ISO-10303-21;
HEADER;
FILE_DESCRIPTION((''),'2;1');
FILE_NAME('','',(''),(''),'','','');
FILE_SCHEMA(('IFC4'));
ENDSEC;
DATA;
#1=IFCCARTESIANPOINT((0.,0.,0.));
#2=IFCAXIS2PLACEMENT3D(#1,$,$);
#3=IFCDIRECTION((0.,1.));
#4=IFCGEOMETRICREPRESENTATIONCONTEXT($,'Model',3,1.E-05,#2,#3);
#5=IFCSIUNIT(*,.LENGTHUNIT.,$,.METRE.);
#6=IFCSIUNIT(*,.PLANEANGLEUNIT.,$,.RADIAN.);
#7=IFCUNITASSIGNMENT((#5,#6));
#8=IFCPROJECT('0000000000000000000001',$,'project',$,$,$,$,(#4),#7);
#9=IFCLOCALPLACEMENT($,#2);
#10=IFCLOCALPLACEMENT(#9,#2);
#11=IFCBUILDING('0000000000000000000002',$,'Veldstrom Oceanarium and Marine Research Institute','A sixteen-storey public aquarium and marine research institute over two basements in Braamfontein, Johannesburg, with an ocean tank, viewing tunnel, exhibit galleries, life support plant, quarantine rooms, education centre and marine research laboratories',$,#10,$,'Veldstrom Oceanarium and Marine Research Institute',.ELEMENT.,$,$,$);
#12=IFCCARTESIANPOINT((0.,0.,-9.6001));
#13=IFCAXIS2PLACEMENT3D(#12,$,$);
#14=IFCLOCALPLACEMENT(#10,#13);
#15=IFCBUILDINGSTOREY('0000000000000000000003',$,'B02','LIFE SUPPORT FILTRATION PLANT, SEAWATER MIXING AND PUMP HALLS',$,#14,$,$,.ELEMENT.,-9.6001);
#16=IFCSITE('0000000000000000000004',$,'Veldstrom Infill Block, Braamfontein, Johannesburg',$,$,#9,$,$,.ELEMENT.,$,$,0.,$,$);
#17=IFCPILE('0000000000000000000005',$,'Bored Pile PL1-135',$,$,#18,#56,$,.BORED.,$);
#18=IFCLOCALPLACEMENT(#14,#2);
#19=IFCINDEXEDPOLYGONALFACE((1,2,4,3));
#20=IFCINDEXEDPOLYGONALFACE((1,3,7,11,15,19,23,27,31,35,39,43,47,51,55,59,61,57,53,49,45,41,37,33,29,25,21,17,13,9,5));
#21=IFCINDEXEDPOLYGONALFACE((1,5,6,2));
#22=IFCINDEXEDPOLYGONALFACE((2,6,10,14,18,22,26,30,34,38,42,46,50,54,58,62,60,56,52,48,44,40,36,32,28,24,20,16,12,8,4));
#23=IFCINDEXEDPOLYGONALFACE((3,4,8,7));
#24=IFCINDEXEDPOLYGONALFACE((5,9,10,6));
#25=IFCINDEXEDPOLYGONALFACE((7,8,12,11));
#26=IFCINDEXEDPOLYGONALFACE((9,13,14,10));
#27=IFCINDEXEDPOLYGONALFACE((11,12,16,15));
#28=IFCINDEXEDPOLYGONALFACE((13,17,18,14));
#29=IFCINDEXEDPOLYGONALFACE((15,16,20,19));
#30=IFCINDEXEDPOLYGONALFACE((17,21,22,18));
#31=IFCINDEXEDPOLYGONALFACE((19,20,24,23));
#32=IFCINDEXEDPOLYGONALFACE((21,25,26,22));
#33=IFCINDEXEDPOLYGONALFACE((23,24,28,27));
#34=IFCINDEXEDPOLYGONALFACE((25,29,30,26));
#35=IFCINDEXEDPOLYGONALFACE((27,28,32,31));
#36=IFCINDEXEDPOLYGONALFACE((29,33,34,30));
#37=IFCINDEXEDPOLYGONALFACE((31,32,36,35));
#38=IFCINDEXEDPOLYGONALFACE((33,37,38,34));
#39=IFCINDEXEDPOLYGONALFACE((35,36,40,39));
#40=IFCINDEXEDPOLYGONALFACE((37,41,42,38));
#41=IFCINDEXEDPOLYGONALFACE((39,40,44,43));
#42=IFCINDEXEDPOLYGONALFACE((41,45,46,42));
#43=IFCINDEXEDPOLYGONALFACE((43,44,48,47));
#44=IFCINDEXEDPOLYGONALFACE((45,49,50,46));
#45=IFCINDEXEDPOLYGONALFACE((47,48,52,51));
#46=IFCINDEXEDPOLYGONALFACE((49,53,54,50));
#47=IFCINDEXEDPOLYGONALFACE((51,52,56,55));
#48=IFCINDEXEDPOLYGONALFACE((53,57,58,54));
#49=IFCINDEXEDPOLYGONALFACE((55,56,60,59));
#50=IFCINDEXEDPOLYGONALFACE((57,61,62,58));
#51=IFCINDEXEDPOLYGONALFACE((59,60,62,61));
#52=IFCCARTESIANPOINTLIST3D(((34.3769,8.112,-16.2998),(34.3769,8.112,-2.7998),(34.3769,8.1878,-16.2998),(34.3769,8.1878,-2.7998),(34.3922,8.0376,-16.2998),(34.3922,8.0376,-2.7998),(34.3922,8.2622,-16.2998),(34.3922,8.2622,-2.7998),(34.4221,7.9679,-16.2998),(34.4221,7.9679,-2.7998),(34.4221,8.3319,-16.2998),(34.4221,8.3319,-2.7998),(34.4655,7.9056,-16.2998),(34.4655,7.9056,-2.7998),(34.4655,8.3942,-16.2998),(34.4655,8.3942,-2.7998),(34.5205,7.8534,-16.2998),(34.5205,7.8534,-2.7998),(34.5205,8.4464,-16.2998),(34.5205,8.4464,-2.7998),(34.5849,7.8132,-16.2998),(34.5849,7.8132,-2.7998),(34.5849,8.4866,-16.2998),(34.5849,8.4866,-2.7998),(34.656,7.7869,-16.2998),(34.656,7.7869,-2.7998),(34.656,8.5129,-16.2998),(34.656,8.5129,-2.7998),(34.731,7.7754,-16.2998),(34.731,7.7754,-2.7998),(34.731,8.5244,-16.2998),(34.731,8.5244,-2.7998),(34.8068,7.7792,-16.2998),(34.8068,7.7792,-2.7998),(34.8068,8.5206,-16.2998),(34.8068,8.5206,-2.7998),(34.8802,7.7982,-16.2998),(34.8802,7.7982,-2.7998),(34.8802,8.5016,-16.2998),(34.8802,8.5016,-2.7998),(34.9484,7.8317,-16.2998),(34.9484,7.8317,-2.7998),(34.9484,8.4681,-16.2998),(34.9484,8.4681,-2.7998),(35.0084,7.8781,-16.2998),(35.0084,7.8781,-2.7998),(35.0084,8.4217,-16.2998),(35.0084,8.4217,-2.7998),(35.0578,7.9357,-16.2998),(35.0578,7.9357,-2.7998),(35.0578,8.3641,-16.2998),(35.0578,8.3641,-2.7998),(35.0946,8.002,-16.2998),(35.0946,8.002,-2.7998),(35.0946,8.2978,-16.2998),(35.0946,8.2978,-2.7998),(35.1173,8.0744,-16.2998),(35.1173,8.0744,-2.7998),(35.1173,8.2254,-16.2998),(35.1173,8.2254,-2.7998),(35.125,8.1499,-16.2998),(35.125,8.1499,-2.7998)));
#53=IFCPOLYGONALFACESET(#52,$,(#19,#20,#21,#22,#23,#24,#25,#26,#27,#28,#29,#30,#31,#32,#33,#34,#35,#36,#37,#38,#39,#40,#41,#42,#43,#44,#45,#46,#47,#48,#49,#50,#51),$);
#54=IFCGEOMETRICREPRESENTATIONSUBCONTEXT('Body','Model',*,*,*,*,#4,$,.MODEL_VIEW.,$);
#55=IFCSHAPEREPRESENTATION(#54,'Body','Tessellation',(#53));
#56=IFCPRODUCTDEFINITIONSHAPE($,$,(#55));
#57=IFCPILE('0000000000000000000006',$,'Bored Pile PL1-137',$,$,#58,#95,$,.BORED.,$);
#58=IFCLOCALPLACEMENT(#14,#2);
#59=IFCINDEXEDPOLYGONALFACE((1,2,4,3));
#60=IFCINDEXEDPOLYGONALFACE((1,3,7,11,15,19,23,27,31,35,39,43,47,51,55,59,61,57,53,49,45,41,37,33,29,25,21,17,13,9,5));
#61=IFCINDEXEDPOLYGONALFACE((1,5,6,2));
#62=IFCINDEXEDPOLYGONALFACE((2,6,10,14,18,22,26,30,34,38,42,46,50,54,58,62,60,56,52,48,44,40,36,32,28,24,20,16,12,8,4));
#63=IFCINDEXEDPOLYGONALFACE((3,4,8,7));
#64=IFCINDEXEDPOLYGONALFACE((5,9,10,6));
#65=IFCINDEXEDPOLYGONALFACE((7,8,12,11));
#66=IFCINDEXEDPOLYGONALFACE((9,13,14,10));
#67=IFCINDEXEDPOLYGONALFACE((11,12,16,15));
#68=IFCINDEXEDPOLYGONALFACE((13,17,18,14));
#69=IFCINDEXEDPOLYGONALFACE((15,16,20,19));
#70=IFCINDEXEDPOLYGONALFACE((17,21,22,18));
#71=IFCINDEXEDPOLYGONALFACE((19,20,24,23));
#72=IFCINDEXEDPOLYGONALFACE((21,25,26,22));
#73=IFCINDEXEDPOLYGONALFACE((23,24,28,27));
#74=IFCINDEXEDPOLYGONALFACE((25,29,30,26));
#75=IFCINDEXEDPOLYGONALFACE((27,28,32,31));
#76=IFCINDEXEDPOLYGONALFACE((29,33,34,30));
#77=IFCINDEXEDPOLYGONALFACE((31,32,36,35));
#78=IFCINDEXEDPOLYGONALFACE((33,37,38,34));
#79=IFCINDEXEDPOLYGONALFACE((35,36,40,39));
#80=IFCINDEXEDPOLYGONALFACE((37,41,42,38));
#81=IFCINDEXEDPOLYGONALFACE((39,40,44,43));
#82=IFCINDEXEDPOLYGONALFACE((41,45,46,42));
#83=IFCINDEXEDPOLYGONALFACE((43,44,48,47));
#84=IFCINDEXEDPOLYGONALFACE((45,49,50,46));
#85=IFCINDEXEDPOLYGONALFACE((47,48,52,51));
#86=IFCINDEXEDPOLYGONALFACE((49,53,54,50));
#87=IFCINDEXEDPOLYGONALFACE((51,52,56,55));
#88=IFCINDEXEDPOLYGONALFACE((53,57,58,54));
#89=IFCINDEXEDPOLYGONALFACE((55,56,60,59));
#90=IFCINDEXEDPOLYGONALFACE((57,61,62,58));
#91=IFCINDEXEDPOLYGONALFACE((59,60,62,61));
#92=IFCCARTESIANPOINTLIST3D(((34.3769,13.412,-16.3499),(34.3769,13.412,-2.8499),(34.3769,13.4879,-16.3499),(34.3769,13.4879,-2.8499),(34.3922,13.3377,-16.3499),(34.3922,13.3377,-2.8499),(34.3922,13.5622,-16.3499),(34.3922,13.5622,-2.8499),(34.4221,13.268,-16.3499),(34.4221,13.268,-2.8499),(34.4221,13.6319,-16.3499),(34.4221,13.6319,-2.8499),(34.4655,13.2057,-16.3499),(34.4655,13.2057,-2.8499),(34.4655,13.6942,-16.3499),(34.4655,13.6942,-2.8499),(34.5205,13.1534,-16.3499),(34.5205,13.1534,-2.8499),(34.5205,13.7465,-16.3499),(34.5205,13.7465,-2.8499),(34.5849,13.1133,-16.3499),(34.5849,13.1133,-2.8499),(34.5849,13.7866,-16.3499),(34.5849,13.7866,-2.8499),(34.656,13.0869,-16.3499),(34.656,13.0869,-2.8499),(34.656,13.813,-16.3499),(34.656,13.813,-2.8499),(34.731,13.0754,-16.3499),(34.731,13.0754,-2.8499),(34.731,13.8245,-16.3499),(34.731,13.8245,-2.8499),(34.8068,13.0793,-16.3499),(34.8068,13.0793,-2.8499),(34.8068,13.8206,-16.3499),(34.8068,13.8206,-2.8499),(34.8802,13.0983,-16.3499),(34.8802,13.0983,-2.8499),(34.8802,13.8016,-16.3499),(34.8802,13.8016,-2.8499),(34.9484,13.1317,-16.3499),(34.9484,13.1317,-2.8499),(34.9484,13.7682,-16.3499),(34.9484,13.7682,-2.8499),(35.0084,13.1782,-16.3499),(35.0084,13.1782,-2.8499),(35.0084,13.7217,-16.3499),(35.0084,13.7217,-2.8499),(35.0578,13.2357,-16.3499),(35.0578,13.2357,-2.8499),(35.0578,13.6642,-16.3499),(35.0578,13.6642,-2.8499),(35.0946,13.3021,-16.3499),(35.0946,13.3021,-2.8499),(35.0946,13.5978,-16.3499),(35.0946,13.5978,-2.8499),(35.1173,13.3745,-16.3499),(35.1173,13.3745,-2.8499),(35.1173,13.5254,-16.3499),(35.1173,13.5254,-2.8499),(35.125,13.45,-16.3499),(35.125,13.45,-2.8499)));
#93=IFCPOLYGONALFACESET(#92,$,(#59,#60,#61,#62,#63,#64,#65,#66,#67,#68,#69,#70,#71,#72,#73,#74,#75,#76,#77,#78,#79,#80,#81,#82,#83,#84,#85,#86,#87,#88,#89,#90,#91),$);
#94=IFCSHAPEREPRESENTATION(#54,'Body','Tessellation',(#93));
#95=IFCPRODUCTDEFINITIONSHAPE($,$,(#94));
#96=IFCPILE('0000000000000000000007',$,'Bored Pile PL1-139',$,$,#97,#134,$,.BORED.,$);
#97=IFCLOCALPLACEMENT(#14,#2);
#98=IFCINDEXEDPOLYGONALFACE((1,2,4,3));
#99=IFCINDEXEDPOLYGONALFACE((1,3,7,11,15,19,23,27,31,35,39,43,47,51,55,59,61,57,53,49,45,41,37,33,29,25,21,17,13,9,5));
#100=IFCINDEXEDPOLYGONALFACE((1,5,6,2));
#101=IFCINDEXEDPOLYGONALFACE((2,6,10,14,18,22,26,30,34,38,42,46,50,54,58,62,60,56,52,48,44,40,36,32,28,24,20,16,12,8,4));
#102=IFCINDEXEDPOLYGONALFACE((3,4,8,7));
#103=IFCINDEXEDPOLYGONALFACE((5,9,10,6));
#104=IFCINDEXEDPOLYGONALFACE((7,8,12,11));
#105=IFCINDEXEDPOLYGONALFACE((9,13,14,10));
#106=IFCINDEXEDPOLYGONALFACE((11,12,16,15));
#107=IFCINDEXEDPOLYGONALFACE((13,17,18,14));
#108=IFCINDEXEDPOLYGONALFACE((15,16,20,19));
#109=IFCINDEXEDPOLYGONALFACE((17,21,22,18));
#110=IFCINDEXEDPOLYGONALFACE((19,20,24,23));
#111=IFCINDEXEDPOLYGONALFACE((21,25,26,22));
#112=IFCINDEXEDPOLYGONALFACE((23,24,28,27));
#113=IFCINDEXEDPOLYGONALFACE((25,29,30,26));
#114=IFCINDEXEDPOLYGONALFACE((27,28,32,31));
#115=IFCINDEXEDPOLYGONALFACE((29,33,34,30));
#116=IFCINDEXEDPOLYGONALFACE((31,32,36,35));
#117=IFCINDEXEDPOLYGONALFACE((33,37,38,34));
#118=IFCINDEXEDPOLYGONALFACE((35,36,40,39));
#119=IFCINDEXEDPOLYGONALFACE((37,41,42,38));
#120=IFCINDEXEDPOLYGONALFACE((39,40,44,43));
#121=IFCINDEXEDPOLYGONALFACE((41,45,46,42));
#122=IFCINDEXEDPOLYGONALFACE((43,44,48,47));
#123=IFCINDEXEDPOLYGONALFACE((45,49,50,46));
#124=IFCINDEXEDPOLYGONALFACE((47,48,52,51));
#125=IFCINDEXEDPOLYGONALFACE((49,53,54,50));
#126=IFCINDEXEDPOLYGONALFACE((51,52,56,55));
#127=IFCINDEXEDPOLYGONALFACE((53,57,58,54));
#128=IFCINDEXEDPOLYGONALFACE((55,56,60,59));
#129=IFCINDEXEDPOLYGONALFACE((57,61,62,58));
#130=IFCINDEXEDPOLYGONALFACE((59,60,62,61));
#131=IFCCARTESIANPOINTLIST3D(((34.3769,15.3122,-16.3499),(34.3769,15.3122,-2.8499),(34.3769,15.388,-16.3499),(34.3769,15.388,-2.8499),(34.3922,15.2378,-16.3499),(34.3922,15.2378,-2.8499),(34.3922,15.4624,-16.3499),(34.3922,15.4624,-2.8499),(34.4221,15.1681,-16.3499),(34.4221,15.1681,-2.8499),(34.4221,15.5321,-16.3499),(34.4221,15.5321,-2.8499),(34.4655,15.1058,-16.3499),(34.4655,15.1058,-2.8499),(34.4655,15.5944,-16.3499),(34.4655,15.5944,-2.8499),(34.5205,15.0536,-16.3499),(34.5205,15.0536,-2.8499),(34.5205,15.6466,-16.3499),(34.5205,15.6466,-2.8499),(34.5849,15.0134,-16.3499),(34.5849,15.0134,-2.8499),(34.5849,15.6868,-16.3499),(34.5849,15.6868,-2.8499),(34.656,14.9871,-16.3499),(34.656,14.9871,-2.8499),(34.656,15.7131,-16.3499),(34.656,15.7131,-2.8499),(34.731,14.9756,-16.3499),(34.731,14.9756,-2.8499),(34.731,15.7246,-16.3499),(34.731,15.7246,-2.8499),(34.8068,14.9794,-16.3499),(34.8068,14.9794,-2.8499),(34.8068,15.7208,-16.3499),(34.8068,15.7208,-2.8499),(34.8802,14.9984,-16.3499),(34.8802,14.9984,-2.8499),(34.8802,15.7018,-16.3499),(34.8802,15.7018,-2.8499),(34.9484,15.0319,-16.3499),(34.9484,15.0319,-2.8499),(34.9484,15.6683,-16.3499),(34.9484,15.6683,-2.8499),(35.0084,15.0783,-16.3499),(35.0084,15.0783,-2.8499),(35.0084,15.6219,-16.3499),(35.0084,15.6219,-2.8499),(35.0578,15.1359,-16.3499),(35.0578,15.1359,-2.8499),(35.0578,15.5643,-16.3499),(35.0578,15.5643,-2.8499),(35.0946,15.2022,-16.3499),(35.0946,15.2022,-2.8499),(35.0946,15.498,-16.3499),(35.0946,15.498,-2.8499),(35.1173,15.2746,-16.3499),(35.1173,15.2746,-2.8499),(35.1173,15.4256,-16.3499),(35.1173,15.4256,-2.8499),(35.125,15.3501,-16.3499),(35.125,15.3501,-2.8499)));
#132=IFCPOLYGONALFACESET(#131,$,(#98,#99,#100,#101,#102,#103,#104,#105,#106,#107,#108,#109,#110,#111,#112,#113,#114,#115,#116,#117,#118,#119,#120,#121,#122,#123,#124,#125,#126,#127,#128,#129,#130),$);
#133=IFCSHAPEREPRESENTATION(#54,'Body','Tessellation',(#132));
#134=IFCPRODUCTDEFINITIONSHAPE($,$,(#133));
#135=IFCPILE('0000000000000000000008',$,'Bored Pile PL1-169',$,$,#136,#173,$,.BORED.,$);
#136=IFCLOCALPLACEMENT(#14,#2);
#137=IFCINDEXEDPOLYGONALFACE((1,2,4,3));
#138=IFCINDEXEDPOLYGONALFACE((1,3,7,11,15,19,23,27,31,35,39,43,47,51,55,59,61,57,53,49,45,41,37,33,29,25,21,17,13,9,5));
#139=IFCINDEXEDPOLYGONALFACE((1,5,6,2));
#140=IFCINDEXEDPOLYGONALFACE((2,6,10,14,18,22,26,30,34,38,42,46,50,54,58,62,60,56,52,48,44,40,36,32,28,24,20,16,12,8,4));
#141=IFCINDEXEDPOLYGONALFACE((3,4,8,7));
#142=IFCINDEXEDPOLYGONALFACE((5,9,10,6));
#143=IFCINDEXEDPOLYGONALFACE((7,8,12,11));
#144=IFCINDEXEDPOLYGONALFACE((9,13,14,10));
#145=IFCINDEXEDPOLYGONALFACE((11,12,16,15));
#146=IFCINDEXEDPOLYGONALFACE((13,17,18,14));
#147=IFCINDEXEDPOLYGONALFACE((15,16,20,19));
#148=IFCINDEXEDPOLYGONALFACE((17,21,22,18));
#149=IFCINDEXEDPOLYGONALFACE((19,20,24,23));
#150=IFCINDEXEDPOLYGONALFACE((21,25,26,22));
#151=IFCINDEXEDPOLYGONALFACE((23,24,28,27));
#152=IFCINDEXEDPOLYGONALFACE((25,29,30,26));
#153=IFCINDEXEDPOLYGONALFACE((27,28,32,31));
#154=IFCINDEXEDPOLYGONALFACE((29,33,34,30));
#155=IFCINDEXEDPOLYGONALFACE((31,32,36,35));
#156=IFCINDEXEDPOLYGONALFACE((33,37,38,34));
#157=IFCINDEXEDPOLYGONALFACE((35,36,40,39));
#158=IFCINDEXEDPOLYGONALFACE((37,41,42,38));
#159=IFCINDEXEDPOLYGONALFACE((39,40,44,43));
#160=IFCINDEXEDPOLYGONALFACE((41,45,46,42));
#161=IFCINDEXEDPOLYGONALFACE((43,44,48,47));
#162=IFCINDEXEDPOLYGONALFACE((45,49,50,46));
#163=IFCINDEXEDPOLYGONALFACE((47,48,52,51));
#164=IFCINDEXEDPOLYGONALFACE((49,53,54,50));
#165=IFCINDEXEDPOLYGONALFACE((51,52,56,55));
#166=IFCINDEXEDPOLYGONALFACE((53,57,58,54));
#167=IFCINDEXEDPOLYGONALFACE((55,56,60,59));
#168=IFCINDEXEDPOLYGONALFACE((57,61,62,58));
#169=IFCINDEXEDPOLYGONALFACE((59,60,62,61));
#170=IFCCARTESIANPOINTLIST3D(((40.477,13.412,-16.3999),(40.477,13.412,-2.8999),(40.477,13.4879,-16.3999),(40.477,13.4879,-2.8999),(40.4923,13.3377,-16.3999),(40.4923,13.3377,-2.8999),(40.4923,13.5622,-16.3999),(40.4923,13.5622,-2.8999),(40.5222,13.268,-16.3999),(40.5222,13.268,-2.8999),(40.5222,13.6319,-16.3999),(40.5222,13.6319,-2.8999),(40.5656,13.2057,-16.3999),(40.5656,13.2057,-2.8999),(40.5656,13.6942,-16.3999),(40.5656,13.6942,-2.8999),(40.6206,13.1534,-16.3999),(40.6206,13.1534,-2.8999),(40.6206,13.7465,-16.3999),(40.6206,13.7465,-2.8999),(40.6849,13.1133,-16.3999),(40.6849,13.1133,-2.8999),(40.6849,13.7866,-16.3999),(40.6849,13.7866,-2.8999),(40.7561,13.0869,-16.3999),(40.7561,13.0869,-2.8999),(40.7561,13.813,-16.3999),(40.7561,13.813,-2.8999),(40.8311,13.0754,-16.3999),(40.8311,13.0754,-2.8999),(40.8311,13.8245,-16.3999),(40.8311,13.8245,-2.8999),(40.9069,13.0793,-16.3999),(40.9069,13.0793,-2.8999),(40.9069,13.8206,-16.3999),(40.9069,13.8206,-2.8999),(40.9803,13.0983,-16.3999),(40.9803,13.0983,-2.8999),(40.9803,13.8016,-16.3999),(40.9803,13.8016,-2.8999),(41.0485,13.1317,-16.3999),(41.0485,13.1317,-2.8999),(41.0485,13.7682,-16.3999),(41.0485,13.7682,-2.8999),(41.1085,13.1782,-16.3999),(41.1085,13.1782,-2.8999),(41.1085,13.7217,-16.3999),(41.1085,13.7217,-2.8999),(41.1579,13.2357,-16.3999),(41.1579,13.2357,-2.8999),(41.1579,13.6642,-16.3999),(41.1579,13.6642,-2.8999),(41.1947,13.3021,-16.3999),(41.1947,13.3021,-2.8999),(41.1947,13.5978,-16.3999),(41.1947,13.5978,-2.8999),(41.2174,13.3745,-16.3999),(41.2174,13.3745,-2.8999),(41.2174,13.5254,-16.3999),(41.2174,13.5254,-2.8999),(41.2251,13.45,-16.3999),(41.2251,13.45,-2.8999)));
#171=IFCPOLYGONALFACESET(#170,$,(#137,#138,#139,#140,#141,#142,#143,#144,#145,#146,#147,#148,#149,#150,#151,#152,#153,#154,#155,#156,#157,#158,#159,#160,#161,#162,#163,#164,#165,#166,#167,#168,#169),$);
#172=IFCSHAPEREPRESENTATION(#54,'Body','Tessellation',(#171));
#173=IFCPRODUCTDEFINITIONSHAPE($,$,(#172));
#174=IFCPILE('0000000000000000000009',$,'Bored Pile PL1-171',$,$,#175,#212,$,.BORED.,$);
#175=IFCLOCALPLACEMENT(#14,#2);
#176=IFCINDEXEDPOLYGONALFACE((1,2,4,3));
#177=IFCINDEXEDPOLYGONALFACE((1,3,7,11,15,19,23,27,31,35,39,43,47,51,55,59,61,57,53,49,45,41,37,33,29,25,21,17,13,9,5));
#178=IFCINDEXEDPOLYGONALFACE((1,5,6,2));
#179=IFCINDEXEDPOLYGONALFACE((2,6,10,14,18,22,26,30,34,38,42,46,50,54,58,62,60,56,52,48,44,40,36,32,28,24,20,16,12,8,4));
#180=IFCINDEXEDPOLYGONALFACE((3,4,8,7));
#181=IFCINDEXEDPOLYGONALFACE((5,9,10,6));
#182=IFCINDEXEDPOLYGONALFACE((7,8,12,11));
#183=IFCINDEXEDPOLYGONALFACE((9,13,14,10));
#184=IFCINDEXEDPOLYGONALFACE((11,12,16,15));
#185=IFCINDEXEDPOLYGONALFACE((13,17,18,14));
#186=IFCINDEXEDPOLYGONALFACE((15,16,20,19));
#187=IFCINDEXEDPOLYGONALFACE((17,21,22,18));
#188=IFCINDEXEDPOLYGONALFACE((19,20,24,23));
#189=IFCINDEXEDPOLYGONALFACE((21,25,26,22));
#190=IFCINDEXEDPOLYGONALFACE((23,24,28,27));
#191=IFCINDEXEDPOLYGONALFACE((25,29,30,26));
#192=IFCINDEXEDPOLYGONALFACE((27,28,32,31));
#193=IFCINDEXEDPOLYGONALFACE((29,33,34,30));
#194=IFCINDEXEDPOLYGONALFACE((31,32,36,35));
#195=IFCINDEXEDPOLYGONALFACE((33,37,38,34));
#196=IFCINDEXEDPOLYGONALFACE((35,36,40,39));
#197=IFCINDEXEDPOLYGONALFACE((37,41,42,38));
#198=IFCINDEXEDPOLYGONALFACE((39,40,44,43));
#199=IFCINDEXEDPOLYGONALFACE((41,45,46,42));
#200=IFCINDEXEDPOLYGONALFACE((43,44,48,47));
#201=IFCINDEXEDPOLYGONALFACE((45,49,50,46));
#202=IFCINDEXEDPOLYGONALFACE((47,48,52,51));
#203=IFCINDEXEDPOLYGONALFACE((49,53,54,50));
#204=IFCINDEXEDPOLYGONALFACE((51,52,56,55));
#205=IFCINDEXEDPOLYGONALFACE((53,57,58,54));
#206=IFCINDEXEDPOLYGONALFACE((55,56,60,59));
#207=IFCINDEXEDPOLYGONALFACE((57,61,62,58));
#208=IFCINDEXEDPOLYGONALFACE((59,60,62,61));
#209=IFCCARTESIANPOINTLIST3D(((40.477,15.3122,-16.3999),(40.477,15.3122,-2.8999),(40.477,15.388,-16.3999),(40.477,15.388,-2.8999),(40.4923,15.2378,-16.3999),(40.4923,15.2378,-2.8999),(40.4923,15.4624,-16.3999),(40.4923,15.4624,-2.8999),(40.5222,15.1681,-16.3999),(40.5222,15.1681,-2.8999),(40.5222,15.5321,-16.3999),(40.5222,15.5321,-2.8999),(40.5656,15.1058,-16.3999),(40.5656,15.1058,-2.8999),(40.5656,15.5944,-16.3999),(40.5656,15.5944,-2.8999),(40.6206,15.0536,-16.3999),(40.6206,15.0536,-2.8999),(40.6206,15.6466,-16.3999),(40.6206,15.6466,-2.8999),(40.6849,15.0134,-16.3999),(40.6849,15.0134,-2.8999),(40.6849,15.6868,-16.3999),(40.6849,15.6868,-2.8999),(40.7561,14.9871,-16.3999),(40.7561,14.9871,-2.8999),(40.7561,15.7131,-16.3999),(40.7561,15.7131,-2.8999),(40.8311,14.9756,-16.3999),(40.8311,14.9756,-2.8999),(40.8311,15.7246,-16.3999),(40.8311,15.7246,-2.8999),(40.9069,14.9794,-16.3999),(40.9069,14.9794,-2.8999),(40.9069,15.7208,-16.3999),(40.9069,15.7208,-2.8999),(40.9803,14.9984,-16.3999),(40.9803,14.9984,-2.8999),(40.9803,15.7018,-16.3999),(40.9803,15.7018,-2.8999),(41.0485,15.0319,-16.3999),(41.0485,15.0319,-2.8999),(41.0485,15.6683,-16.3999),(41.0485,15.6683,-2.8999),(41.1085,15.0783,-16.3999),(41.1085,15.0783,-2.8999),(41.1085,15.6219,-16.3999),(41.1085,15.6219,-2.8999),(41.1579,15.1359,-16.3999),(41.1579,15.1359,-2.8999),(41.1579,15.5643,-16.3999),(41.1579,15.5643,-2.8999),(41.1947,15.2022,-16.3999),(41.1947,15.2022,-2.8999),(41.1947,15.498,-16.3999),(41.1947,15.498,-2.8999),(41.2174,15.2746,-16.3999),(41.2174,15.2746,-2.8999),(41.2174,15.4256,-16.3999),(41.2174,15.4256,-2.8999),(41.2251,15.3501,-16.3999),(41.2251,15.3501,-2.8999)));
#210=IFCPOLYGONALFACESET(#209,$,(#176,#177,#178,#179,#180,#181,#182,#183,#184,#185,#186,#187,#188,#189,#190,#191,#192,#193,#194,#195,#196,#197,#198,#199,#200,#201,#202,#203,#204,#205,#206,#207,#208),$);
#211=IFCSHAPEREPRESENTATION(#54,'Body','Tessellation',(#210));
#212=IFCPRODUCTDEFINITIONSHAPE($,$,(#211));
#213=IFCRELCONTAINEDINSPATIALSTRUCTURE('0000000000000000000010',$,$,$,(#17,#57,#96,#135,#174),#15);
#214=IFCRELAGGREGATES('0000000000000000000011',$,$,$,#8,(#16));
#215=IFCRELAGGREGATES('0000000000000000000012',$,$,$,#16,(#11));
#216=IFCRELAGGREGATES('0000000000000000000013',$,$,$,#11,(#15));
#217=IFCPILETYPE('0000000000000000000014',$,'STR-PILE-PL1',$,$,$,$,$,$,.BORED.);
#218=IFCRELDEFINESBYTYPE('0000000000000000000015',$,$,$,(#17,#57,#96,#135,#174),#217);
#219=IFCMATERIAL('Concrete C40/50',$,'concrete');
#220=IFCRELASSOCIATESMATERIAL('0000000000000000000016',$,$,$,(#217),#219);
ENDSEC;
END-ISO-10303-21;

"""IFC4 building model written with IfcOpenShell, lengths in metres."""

from ifc_helpers import new_model, si_unit, direction, frame, origin, origin_2d, place, context, subcontext, project, spatial, circle, extrude, material, material_profile, profile_set, type_object, element, save


model = new_model("IFC4")

# Units and contexts
model_context = context("Model", 3, precision=1e-05, world=origin(), true_north=direction((0.0, 1.0)))
body_context = subcontext(model_context, "Body", "Model", "MODEL_VIEW")
ifc_project = project(units=[si_unit("LENGTHUNIT", "METRE"), si_unit("PLANEANGLEUNIT", "RADIAN")], contexts=[model_context])

# Site, building, storey
site_placement = place(None, origin())
site = spatial("IfcSite", under=ifc_project, at=site_placement, Name="Veldstrom Infill Block, Braamfontein, Johannesburg", CompositionType="ELEMENT", RefElevation=0.0)
building_placement = place(site_placement, origin())
building = spatial("IfcBuilding", under=site, at=building_placement, Name="Veldstrom Oceanarium and Marine Research Institute", Description="A sixteen-storey public aquarium and marine research institute over two basements in Braamfontein, Johannesburg, with an ocean tank, viewing tunnel, exhibit galleries, life support plant, quarantine rooms, education centre and marine research laboratories", LongName="Veldstrom Oceanarium and Marine Research Institute", CompositionType="ELEMENT")
storey_placement = place(building_placement, frame((0.0, 0.0, -9.6001)))
storey = spatial("IfcBuildingStorey", under=building, at=storey_placement, Name="B02", Description="LIFE SUPPORT FILTRATION PLANT, SEAWATER MIXING AND PUMP HALLS", CompositionType="ELEMENT", Elevation=-9.6001)

# Piles
ifc_material_1 = material(Name="Concrete C40/50", Category="concrete")
ifc_material_profile_1 = material_profile(ifc_material_1, circle(Radius=0.375, at=origin_2d()), Name="PILE-D750")
ifc_profile_set_1 = profile_set([ifc_material_profile_1], Name="Concrete C40/50")
pile_type_1 = type_object("IfcPileType", Name="STR-PILE-PL1", PredefinedType="BORED", material=ifc_profile_set_1)
for number, where, z_axis, x_axis, name in (
    (1, (34.75, 8.1499, -2.7998), (0.0, 0.0, -1.0), (1.0, 0.0, 0.0), "Bored Pile PL1-135"),
    (2, (34.75, 13.45, -2.8499), (0.0, 0.0, -1.0), (1.0, 0.0, 0.0), "Bored Pile PL1-137"),
    (3, (34.75, 15.3501, -2.8499), (0.0, 0.0, -1.0), (1.0, 0.0, 0.0), "Bored Pile PL1-139"),
    (4, (40.8501, 13.45, -2.8999), (0.0, 0.0, -1.0), (1.0, 0.0, 0.0), "Bored Pile PL1-169"),
    (5, (40.8501, 15.3501, -2.8999), (0.0, 0.0, -1.0), (1.0, 0.0, 0.0), "Bored Pile PL1-171"),
):
    element("IfcPile", number, at=place(storey_placement, frame(where, z_axis=z_axis, x_axis=x_axis)), inside=storey, type_object=pile_type_1, Name=name, PredefinedType="BORED", context=body_context, shape_type="SweptSolid", body=[
        extrude(circle(Radius=0.375, at=origin_2d()), origin(), (0.0, 0.0, 1.0), 13.5),
    ])

save(model, "model.ifc")
